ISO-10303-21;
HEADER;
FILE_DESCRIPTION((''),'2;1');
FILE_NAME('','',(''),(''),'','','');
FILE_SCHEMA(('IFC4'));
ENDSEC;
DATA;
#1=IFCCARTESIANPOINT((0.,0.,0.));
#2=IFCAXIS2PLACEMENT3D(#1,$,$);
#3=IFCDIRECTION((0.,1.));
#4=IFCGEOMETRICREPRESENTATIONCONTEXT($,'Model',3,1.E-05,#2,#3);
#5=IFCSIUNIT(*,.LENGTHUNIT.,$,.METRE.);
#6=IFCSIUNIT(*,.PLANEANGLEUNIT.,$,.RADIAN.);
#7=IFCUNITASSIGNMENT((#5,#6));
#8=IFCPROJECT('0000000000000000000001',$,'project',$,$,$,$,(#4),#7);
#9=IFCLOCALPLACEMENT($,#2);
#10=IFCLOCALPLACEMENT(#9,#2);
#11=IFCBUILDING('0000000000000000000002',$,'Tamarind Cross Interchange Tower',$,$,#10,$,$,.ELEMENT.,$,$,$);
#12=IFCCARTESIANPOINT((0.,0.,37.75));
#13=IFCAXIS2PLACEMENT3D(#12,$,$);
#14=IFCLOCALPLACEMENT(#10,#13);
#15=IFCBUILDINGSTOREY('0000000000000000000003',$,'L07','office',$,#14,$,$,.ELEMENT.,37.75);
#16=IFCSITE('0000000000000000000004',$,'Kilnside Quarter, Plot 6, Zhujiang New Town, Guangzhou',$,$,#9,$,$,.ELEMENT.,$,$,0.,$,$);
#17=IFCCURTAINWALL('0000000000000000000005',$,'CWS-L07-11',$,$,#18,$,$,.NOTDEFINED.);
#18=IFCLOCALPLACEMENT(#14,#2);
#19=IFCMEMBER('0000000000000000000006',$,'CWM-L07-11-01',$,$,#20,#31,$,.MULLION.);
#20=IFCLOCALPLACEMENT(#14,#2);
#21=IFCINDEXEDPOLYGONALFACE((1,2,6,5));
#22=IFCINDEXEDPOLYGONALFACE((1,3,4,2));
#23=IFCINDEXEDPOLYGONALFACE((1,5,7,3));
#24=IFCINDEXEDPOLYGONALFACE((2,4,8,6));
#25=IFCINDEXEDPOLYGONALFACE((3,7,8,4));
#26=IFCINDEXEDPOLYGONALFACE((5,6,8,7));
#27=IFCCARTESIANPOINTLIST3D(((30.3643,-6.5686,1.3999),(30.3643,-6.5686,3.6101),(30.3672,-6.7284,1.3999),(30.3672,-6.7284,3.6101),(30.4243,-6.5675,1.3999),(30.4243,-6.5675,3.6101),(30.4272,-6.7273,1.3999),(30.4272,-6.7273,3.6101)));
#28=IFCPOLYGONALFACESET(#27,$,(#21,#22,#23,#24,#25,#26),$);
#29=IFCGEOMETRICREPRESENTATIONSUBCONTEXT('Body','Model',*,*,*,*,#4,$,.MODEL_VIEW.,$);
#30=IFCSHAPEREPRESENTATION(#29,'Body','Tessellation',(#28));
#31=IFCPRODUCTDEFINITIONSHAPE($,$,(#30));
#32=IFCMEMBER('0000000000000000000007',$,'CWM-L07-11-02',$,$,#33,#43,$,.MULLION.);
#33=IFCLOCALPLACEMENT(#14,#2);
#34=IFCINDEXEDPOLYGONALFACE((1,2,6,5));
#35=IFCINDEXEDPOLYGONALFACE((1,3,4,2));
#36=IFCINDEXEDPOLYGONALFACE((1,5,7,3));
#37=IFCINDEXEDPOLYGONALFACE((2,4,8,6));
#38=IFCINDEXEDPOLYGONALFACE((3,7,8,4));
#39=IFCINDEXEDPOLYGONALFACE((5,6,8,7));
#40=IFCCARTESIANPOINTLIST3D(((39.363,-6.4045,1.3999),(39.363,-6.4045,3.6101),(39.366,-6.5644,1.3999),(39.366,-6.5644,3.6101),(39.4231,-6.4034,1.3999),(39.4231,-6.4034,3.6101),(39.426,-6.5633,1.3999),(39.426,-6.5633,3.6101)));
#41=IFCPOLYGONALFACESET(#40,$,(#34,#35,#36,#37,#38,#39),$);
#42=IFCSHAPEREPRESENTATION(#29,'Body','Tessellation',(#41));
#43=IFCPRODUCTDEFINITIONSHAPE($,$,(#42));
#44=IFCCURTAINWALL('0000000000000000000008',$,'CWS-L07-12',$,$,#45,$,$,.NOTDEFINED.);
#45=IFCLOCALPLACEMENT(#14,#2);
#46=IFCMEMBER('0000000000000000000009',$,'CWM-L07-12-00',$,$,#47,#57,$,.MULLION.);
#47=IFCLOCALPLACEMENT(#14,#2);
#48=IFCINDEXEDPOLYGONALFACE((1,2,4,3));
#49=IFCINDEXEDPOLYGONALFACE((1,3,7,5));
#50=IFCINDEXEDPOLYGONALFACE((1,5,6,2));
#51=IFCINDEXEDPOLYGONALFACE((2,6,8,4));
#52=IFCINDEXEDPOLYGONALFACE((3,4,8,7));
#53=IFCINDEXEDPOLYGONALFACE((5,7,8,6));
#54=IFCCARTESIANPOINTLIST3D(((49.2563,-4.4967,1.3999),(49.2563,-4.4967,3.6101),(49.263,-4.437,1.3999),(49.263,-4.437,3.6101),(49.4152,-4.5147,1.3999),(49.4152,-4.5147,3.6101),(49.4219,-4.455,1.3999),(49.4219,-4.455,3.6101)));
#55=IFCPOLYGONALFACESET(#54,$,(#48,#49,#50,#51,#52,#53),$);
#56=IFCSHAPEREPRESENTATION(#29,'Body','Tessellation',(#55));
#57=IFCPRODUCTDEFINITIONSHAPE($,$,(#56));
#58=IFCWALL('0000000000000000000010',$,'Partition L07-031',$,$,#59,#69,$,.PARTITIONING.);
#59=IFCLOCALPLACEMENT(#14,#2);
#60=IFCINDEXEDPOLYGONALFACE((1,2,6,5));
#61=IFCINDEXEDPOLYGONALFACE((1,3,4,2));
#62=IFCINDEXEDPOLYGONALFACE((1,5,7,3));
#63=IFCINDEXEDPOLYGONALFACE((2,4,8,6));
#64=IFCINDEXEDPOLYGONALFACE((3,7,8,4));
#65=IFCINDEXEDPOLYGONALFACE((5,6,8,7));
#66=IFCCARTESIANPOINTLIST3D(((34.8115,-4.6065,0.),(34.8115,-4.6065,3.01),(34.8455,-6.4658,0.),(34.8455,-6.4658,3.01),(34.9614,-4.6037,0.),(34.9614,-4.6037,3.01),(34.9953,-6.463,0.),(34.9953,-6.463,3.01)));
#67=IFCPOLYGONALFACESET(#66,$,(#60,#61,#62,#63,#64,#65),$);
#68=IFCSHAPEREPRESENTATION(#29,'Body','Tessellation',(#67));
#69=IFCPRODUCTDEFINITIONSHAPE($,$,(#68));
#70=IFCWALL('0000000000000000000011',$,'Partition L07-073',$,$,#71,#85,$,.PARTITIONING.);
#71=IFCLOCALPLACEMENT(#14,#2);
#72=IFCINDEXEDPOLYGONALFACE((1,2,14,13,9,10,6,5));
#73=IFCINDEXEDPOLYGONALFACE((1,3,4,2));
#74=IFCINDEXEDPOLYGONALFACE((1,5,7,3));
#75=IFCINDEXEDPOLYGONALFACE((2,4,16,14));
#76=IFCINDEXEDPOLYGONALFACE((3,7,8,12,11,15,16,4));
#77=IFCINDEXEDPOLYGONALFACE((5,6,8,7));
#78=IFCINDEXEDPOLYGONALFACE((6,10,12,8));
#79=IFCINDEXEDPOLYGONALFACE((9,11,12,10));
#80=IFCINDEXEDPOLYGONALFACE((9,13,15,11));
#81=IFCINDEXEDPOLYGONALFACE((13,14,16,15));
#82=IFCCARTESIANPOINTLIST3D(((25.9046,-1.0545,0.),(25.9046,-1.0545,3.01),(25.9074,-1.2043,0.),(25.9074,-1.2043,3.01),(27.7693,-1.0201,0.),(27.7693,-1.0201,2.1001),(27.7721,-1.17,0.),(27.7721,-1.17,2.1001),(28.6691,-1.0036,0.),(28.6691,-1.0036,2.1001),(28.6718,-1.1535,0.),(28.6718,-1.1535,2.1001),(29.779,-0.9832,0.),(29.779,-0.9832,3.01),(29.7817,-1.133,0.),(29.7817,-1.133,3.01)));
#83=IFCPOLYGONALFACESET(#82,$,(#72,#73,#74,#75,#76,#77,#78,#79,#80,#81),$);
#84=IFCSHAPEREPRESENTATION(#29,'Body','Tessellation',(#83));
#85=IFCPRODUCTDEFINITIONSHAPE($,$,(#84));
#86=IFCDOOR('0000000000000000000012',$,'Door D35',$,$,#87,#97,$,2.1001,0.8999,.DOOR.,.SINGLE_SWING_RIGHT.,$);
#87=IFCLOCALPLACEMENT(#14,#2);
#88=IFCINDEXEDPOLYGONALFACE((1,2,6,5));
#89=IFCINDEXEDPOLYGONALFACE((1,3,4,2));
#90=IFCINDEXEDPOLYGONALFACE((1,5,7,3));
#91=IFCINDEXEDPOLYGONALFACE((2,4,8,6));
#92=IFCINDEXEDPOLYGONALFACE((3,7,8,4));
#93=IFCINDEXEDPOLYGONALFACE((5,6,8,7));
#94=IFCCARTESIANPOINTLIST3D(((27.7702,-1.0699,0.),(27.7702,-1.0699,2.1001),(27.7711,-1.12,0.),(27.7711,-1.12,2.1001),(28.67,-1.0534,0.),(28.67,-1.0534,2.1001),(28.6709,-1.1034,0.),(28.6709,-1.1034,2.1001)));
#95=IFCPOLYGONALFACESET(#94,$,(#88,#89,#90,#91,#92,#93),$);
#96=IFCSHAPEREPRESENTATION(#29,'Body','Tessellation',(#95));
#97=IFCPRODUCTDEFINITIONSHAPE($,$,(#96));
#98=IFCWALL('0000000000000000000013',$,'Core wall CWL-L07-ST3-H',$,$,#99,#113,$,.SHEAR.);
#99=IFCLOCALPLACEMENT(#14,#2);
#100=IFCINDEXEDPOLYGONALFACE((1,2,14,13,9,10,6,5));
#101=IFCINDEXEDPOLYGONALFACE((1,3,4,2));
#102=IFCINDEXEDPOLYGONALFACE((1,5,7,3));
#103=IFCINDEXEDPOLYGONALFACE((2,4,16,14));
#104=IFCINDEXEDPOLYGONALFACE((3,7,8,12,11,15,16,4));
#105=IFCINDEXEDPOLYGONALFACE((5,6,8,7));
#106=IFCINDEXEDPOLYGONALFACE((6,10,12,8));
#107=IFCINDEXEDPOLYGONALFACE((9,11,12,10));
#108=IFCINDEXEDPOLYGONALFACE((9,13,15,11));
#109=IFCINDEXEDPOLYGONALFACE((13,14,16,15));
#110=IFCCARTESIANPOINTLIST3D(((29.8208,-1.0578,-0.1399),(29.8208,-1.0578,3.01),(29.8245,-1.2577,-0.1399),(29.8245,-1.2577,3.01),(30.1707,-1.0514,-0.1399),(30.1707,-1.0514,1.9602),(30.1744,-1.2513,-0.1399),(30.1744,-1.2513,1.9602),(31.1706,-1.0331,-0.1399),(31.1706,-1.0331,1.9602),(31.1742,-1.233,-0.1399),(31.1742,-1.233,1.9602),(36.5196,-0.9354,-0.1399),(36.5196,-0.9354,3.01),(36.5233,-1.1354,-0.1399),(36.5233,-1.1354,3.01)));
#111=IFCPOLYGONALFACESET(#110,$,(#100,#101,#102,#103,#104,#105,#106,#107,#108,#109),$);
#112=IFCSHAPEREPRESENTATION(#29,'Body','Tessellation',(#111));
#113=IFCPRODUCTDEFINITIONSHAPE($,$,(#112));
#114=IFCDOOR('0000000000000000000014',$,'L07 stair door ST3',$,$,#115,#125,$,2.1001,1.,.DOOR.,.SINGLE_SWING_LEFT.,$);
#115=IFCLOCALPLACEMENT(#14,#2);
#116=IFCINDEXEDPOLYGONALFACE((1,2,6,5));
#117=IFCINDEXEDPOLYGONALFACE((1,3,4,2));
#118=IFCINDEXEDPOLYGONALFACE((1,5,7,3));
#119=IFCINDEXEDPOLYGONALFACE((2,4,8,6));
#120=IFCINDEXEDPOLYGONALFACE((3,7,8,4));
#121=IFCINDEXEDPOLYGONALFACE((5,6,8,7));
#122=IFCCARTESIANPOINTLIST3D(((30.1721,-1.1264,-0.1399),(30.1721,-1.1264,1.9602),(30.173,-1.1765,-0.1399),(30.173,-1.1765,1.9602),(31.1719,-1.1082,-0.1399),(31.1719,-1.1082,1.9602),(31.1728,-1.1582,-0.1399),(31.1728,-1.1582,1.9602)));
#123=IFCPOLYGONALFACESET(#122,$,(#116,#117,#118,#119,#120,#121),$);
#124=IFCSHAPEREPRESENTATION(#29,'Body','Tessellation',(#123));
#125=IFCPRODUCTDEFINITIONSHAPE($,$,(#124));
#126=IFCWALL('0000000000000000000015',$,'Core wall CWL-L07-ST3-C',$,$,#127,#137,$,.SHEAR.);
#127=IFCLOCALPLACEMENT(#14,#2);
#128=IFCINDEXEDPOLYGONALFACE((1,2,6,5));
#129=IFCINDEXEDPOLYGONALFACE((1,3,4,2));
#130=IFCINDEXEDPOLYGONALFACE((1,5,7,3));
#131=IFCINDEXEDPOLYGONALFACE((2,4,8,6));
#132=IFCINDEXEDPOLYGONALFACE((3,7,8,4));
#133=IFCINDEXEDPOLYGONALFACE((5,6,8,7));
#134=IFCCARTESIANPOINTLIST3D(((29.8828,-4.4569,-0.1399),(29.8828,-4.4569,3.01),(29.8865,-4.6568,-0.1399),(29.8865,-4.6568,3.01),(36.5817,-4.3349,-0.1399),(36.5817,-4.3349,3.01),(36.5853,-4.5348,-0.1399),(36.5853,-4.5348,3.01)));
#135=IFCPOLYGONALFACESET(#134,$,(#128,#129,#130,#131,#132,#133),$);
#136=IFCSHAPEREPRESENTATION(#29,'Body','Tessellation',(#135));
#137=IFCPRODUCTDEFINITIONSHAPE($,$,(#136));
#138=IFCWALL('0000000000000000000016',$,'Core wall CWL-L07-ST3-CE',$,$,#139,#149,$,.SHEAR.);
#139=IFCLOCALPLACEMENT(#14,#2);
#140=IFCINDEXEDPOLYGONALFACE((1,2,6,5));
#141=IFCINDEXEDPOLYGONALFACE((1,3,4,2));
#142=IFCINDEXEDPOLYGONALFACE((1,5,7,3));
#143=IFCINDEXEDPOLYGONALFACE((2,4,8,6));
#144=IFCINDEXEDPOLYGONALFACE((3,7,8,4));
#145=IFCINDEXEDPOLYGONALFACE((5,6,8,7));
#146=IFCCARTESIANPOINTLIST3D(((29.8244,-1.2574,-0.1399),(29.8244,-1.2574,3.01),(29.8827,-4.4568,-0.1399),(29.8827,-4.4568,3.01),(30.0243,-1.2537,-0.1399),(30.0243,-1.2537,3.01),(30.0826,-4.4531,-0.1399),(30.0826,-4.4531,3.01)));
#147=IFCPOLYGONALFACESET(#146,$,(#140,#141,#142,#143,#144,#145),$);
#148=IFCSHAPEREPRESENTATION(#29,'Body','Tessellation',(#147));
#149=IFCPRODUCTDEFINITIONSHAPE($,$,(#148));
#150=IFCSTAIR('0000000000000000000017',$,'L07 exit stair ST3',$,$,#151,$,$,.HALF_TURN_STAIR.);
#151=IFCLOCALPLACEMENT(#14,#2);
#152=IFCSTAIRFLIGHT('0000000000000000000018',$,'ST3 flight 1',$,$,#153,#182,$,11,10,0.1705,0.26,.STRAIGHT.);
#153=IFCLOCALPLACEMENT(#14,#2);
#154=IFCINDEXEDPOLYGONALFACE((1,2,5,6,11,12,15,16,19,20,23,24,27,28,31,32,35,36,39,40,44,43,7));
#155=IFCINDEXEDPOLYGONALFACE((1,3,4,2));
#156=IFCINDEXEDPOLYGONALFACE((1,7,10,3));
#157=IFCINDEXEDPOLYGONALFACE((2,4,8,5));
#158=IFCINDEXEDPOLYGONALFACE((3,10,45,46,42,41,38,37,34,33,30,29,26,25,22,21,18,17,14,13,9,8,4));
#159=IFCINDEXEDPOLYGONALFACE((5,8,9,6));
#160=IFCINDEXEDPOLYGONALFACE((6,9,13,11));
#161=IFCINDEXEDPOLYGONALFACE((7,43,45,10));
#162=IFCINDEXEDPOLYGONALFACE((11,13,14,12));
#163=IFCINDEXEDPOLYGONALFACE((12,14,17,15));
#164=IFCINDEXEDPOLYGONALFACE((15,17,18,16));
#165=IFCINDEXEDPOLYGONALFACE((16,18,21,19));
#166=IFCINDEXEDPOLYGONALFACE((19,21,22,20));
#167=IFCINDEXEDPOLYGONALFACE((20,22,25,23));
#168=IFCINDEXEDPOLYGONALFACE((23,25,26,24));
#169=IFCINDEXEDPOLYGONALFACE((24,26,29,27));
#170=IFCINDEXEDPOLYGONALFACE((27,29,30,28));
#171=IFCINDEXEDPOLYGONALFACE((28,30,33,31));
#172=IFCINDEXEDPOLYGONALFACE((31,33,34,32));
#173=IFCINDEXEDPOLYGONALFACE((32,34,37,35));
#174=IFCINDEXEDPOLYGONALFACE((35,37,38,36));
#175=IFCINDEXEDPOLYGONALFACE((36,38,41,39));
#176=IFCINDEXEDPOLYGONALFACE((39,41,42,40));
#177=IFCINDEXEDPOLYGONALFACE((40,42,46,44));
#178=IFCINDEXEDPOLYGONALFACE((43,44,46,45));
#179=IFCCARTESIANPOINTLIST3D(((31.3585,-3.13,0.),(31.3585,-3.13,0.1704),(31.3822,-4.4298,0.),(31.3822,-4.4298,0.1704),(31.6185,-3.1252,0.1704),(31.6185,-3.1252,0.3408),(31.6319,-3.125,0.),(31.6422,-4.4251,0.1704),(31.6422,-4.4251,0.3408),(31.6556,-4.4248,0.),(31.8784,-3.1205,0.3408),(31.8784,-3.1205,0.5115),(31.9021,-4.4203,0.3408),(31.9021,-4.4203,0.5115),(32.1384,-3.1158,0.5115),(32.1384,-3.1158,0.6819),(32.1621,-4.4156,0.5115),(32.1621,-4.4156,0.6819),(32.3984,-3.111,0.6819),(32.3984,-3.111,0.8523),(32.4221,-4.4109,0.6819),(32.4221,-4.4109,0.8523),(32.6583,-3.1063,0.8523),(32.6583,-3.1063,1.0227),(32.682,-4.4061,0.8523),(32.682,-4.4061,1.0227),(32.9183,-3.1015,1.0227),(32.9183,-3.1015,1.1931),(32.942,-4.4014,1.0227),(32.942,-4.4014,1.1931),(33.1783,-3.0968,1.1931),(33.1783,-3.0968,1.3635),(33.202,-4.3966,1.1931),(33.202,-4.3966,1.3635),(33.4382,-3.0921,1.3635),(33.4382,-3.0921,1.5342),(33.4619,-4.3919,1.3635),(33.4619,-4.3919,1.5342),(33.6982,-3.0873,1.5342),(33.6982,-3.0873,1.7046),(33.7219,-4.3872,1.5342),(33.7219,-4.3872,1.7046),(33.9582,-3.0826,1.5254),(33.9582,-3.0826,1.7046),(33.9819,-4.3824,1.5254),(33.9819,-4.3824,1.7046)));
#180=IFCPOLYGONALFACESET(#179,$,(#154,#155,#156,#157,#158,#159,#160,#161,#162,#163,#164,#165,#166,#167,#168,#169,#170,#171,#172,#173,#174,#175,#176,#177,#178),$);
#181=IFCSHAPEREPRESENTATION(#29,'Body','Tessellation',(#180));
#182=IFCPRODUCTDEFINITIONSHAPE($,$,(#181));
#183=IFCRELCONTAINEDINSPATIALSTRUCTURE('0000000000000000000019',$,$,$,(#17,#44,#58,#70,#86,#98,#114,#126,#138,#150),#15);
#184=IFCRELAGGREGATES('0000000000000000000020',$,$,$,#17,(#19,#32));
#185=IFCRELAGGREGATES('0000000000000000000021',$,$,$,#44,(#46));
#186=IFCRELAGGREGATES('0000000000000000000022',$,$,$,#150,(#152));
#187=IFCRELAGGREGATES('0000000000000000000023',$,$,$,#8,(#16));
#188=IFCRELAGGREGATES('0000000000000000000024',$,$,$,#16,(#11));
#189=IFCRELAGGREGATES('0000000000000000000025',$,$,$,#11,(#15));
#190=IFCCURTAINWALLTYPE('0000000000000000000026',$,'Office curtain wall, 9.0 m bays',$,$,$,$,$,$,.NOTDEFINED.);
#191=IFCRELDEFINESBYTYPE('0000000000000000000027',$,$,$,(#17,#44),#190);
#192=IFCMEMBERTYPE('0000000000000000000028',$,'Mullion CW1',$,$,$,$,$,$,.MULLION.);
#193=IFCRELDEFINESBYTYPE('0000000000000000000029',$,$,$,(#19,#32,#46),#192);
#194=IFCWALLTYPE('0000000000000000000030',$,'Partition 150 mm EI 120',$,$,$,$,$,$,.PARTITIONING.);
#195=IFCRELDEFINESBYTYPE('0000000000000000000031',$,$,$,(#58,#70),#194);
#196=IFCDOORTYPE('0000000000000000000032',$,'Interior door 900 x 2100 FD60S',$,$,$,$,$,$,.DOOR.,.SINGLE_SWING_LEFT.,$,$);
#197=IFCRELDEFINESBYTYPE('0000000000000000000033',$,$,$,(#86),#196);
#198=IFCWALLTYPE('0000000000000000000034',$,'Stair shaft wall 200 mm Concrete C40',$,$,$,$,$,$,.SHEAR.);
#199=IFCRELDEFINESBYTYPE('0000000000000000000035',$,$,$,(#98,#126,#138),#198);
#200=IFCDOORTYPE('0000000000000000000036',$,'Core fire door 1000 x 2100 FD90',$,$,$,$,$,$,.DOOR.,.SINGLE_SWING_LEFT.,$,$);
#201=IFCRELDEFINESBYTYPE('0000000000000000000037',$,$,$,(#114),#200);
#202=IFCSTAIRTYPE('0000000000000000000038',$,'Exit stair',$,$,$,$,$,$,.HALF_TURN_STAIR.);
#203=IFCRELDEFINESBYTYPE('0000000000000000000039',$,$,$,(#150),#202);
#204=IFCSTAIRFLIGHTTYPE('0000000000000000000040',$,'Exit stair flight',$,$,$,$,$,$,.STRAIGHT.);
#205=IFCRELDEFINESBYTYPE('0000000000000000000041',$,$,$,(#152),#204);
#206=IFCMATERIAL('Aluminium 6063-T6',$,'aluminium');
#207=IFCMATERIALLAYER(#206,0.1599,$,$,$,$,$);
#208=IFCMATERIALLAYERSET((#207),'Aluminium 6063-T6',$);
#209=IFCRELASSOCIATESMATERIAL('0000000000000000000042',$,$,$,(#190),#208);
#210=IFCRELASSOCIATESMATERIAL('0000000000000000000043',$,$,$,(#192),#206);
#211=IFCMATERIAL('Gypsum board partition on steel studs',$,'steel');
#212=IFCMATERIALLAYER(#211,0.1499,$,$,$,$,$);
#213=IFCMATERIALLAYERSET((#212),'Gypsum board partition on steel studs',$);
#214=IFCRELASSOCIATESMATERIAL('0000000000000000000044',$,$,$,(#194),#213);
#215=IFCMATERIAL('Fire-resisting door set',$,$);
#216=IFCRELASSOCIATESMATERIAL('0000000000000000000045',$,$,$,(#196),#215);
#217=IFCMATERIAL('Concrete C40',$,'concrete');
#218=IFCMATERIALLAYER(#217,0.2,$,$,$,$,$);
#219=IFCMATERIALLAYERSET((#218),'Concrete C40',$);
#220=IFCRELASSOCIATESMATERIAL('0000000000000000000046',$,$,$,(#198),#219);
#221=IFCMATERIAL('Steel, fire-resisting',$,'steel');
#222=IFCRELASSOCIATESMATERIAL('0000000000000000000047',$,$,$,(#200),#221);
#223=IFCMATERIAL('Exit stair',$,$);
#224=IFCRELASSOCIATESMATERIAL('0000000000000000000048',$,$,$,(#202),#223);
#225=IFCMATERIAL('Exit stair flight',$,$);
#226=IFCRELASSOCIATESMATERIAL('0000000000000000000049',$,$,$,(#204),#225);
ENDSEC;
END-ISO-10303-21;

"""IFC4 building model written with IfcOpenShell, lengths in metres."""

from ifc_helpers import new_model, si_unit, direction, frame, frame_2d, origin, origin_2d, place, context, subcontext, project, spatial, polyline, rectangle, outline, extrude, material, layer, layer_set, material_profile, profile_set, type_object, element, fill, aggregate, save


model = new_model("IFC4")

# Units and contexts
model_context = context("Model", 3, precision=1e-05, world=origin(), true_north=direction((0.0, 1.0)))
body_context = subcontext(model_context, "Body", "Model", "MODEL_VIEW")
ifc_project = project(units=[si_unit("LENGTHUNIT", "METRE"), si_unit("PLANEANGLEUNIT", "RADIAN")], contexts=[model_context])

# Site, building, storey
site_placement = place(None, origin())
site = spatial("IfcSite", under=ifc_project, at=site_placement, Name="Kilnside Quarter, Plot 6, Zhujiang New Town, Guangzhou", CompositionType="ELEMENT", RefElevation=0.0)
building_placement = place(site_placement, origin())
building = spatial("IfcBuilding", under=site, at=building_placement, Name="Tamarind Cross Interchange Tower", CompositionType="ELEMENT")
storey_placement = place(building_placement, frame((0.0, 0.0, 37.75)))
storey = spatial("IfcBuildingStorey", under=building, at=storey_placement, Name="L07", Description="office", CompositionType="ELEMENT", Elevation=37.75)

# Curtain wall, members
ifc_material_1 = material(Name="Aluminium 6063-T6", Category="aluminium")
ifc_layer_1 = layer(ifc_material_1, 0.1599)
ifc_layer_set_1 = layer_set([ifc_layer_1], Name="Aluminium 6063-T6")
curtain_wall_type = type_object("IfcCurtainWallType", Name="Office curtain wall, 9.0 m bays", PredefinedType="NOTDEFINED", material=ifc_layer_set_1)
curtain_wall_1_placement = place(storey_placement, origin())
curtain_wall_1 = element("IfcCurtainWall", 1, at=curtain_wall_1_placement, inside=storey, type_object=curtain_wall_type, Name="CWS-L07-11", PredefinedType="NOTDEFINED")
ifc_material_profile_1 = material_profile(ifc_material_1, rectangle(XDim=0.0601, YDim=0.1599, at=origin_2d()), Name="Mullion CW1")
ifc_profile_set_1 = profile_set([ifc_material_profile_1], Name="Aluminium 6063-T6")
member_type = type_object("IfcMemberType", Name="Mullion CW1", PredefinedType="MULLION", material=ifc_profile_set_1)
member_1_placement = place(storey_placement, frame((30.3958, -6.6479, 1.3999), z_axis=(0.0, 0.0, 1.0), x_axis=(0.999834, 0.018234, 0.0)))
member_1 = element("IfcMember", 2, at=member_1_placement, type_object=member_type, Name="CWM-L07-11-01", PredefinedType="MULLION", context=body_context, shape_type="SweptSolid", body=[
    extrude(rectangle(XDim=0.0601, YDim=0.1599, at=origin_2d()), origin(), (0.0, 0.0, 1.0), 2.2102),
])
member_2_placement = place(storey_placement, frame((39.3945, -6.4839, 1.3999), z_axis=(0.0, 0.0, 1.0), x_axis=(0.999834, 0.018234, 0.0)))
member_2 = element("IfcMember", 3, at=member_2_placement, type_object=member_type, Name="CWM-L07-11-02", PredefinedType="MULLION", context=body_context, shape_type="SweptSolid", body=[
    extrude(rectangle(XDim=0.0601, YDim=0.1599, at=origin_2d()), origin(), (0.0, 0.0, 1.0), 2.2102),
])
aggregate(curtain_wall_1, [member_1, member_2])

# Curtain wall, member
curtain_wall_2_placement = place(storey_placement, origin())
curtain_wall_2 = element("IfcCurtainWall", 4, at=curtain_wall_2_placement, inside=storey, type_object=curtain_wall_type, Name="CWS-L07-12", PredefinedType="NOTDEFINED")
member_3_placement = place(storey_placement, frame((49.3391, -4.4758, 1.3999), z_axis=(0.0, 0.0, 1.0), x_axis=(0.112426, 0.99366, 0.0)))
member_3 = element("IfcMember", 5, at=member_3_placement, type_object=member_type, Name="CWM-L07-12-00", PredefinedType="MULLION", context=body_context, shape_type="SweptSolid", body=[
    extrude(rectangle(XDim=0.0601, YDim=0.1599, at=origin_2d()), origin(), (0.0, 0.0, 1.0), 2.2102),
])
aggregate(curtain_wall_2, [member_3])

# Wall
ifc_material_2 = material(Name="Gypsum board partition on steel studs", Category="steel")
ifc_layer_2 = layer(ifc_material_2, 0.1499)
ifc_layer_set_2 = layer_set([ifc_layer_2], Name="Gypsum board partition on steel studs")
wall_type_1 = type_object("IfcWallType", Name="Partition 150 mm EI 120", PredefinedType="PARTITIONING", material=ifc_layer_set_2)
wall_1_placement = place(storey_placement, frame((34.8865, -4.6052, 0.0), z_axis=(0.0, 0.0, 1.0), x_axis=(0.018248, -0.999833, 0.0)))
element("IfcWall", 6, at=wall_1_placement, inside=storey, type_object=wall_type_1, Name="Partition L07-031", PredefinedType="PARTITIONING", context=body_context, shape_type="SweptSolid", body=[
    extrude(rectangle(XDim=1.8596, YDim=0.1499, at=frame_2d((0.9297, 0.0))), origin(), (0.0, 0.0, 1.0), 3.01),
])

# Walls, openings, doors
wall_2_placement = place(storey_placement, frame((25.906, -1.1294, 0.0), z_axis=(0.0, 0.0, 1.0), x_axis=(0.999831, 0.018398, 0.0)))
wall_2 = element("IfcWall", 7, at=wall_2_placement, inside=storey, type_object=wall_type_1, Name="Partition L07-073", PredefinedType="PARTITIONING", context=body_context, shape_type="SweptSolid", body=[
    extrude(rectangle(XDim=3.875, YDim=0.1499, at=frame_2d((1.9375, 0.0))), origin(), (0.0, 0.0, 1.0), 3.01),
])
opening_1_placement = place(wall_2_placement, frame((1.865, 0.0, 0.0)))
opening_1 = element("IfcOpeningElement", 8, at=opening_1_placement, cuts=wall_2, PredefinedType="OPENING", context=body_context, shape_type="SweptSolid", body=[
    extrude(rectangle(XDim=0.8999, YDim=2.1001, at=frame_2d((0.45, 1.05))), frame((0.0, 0.085, 0.0), z_axis=(0.0, -1.0, 0.0), x_axis=(1.0, 0.0, 0.0)), (0.0, 0.0, 1.0), 0.1699),
])
ifc_material_3 = material(Name="Fire-resisting door set")
door_type_1 = type_object("IfcDoorType", Name="Interior door 900 x 2100 FD60S", OperationType="SINGLE_SWING_LEFT", PredefinedType="DOOR", material=ifc_material_3)
door_1_placement = place(opening_1_placement, frame((0.8999, 0.0, 0.0), z_axis=(0.0, 0.0, 1.0), x_axis=(-1.0, 0.0, 0.0)))
door_1 = element("IfcDoor", 9, at=door_1_placement, inside=storey, type_object=door_type_1, Name="Door D35", OperationType="SINGLE_SWING_RIGHT", OverallHeight=2.1001, OverallWidth=0.8999, PredefinedType="DOOR", context=body_context, shape_type="SweptSolid", body=[
    extrude(rectangle(XDim=0.8999, YDim=2.1001, at=frame_2d((0.45, 1.05))), frame((0.0, 0.0249, 0.0), z_axis=(0.0, -1.0, 0.0), x_axis=(1.0, 0.0, 0.0)), (0.0, 0.0, 1.0), 0.05),
])
fill(opening_1, door_1)
ifc_material_4 = material(Name="Concrete C40", Category="concrete")
ifc_layer_3 = layer(ifc_material_4, 0.2)
ifc_layer_set_3 = layer_set([ifc_layer_3], Name="Concrete C40")
wall_type_2 = type_object("IfcWallType", Name="Stair shaft wall 200 mm Concrete C40", PredefinedType="SHEAR", material=ifc_layer_set_3)
wall_3_placement = place(storey_placement, frame((29.8225, -1.1577, -0.1399), z_axis=(0.0, 0.0, 1.0), x_axis=(0.999833, 0.018256, 0.0)))
wall_3 = element("IfcWall", 10, at=wall_3_placement, inside=storey, type_object=wall_type_2, Name="Core wall CWL-L07-ST3-H", PredefinedType="SHEAR", context=body_context, shape_type="SweptSolid", body=[
    extrude(rectangle(XDim=6.7, YDim=0.2, at=frame_2d((3.3501, 0.0))), origin(), (0.0, 0.0, 1.0), 3.1499),
])
opening_2_placement = place(wall_3_placement, frame((0.3501, 0.0, 0.0)))
opening_2 = element("IfcOpeningElement", 11, at=opening_2_placement, cuts=wall_3, PredefinedType="OPENING", context=body_context, shape_type="SweptSolid", body=[
    extrude(rectangle(XDim=1.0, YDim=2.1001, at=frame_2d((0.5, 1.05))), frame((0.0, 0.1099, 0.0), z_axis=(0.0, -1.0, 0.0), x_axis=(1.0, 0.0, 0.0)), (0.0, 0.0, 1.0), 0.22),
])
ifc_material_5 = material(Name="Steel, fire-resisting", Category="steel")
door_type_2 = type_object("IfcDoorType", Name="Core fire door 1000 x 2100 FD90", OperationType="SINGLE_SWING_LEFT", PredefinedType="DOOR", material=ifc_material_5)
door_2_placement = place(opening_2_placement, origin())
door_2 = element("IfcDoor", 12, at=door_2_placement, inside=storey, type_object=door_type_2, Name="L07 stair door ST3", OperationType="SINGLE_SWING_LEFT", OverallHeight=2.1001, OverallWidth=1.0, PredefinedType="DOOR", context=body_context, shape_type="SweptSolid", body=[
    extrude(rectangle(XDim=1.0, YDim=2.1001, at=frame_2d((0.5, 1.05))), frame((0.0, 0.0249, 0.0), z_axis=(0.0, -1.0, 0.0), x_axis=(1.0, 0.0, 0.0)), (0.0, 0.0, 1.0), 0.05),
])
fill(opening_2, door_2)

# Walls
wall_4_placement = place(storey_placement, frame((29.8845, -4.5569, -0.1399), z_axis=(0.0, 0.0, 1.0), x_axis=(0.999834, 0.01822, 0.0)))
element("IfcWall", 13, at=wall_4_placement, inside=storey, type_object=wall_type_2, Name="Core wall CWL-L07-ST3-C", PredefinedType="SHEAR", context=body_context, shape_type="SweptSolid", body=[
    extrude(rectangle(XDim=6.7, YDim=0.2, at=frame_2d((3.3501, 0.0))), origin(), (0.0, 0.0, 1.0), 3.1499),
])
wall_5_placement = place(storey_placement, frame((29.9827, -4.4551, -0.1399), z_axis=(0.0, 0.0, 1.0), x_axis=(-0.018234, 0.999834, 0.0)))
element("IfcWall", 14, at=wall_5_placement, inside=storey, type_object=wall_type_2, Name="Core wall CWL-L07-ST3-CE", PredefinedType="SHEAR", context=body_context, shape_type="SweptSolid", body=[
    extrude(rectangle(XDim=3.2, YDim=0.2, at=frame_2d((1.6001, 0.0))), origin(), (0.0, 0.0, 1.0), 3.1499),
])

# Stair, stair flight
ifc_material_6 = material(Name="Exit stair")
stair_type = type_object("IfcStairType", Name="Exit stair", PredefinedType="HALF_TURN_STAIR", material=ifc_material_6)
stair_placement = place(storey_placement, origin())
stair = element("IfcStair", 15, at=stair_placement, inside=storey, type_object=stair_type, Name="L07 exit stair ST3", PredefinedType="HALF_TURN_STAIR")
ifc_material_7 = material(Name="Exit stair flight")
stair_flight_type = type_object("IfcStairFlightType", Name="Exit stair flight", PredefinedType="STRAIGHT", material=ifc_material_7)
stair_flight_1_placement = place(storey_placement, frame((31.3704, -3.7798, 0.0), z_axis=(0.0, 0.0, 1.0), x_axis=(0.999834, 0.018234, 0.0)))
stair_flight_1 = element("IfcStairFlight", 16, at=stair_flight_1_placement, type_object=stair_flight_type, Name="ST3 flight 1", NumberOfRisers=11, NumberOfTreads=10, PredefinedType="STRAIGHT", RiserHeight=0.1705, TreadLength=0.26, context=body_context, shape_type="SweptSolid", body=[
    extrude(outline(polyline([(0.0, 0.0), (0.0, 0.1704), (0.26, 0.1704), (0.26, 0.3408), (0.52, 0.3408), (0.52, 0.5115), (0.78, 0.5115), (0.78, 0.6819), (1.04, 0.6819), (1.04, 0.8523), (1.3, 0.8523), (1.3, 1.0227), (1.5601, 1.0227), (1.5601, 1.1931), (1.8201, 1.1931), (1.8201, 1.3635), (2.0801, 1.3635), (2.0801, 1.5342), (2.3401, 1.5342), (2.3401, 1.7046), (2.6001, 1.7046), (2.6001, 1.875), (2.6001, 1.5254), (0.2734, 0.0), (0.0, 0.0)])), frame((0.0, 0.6499, 0.0), z_axis=(0.0, -1.0, 0.0), x_axis=(1.0, 0.0, 0.0)), (0.0, 0.0, 1.0), 1.3),
])
aggregate(stair, [stair_flight_1])

save(model, "model.ifc")
